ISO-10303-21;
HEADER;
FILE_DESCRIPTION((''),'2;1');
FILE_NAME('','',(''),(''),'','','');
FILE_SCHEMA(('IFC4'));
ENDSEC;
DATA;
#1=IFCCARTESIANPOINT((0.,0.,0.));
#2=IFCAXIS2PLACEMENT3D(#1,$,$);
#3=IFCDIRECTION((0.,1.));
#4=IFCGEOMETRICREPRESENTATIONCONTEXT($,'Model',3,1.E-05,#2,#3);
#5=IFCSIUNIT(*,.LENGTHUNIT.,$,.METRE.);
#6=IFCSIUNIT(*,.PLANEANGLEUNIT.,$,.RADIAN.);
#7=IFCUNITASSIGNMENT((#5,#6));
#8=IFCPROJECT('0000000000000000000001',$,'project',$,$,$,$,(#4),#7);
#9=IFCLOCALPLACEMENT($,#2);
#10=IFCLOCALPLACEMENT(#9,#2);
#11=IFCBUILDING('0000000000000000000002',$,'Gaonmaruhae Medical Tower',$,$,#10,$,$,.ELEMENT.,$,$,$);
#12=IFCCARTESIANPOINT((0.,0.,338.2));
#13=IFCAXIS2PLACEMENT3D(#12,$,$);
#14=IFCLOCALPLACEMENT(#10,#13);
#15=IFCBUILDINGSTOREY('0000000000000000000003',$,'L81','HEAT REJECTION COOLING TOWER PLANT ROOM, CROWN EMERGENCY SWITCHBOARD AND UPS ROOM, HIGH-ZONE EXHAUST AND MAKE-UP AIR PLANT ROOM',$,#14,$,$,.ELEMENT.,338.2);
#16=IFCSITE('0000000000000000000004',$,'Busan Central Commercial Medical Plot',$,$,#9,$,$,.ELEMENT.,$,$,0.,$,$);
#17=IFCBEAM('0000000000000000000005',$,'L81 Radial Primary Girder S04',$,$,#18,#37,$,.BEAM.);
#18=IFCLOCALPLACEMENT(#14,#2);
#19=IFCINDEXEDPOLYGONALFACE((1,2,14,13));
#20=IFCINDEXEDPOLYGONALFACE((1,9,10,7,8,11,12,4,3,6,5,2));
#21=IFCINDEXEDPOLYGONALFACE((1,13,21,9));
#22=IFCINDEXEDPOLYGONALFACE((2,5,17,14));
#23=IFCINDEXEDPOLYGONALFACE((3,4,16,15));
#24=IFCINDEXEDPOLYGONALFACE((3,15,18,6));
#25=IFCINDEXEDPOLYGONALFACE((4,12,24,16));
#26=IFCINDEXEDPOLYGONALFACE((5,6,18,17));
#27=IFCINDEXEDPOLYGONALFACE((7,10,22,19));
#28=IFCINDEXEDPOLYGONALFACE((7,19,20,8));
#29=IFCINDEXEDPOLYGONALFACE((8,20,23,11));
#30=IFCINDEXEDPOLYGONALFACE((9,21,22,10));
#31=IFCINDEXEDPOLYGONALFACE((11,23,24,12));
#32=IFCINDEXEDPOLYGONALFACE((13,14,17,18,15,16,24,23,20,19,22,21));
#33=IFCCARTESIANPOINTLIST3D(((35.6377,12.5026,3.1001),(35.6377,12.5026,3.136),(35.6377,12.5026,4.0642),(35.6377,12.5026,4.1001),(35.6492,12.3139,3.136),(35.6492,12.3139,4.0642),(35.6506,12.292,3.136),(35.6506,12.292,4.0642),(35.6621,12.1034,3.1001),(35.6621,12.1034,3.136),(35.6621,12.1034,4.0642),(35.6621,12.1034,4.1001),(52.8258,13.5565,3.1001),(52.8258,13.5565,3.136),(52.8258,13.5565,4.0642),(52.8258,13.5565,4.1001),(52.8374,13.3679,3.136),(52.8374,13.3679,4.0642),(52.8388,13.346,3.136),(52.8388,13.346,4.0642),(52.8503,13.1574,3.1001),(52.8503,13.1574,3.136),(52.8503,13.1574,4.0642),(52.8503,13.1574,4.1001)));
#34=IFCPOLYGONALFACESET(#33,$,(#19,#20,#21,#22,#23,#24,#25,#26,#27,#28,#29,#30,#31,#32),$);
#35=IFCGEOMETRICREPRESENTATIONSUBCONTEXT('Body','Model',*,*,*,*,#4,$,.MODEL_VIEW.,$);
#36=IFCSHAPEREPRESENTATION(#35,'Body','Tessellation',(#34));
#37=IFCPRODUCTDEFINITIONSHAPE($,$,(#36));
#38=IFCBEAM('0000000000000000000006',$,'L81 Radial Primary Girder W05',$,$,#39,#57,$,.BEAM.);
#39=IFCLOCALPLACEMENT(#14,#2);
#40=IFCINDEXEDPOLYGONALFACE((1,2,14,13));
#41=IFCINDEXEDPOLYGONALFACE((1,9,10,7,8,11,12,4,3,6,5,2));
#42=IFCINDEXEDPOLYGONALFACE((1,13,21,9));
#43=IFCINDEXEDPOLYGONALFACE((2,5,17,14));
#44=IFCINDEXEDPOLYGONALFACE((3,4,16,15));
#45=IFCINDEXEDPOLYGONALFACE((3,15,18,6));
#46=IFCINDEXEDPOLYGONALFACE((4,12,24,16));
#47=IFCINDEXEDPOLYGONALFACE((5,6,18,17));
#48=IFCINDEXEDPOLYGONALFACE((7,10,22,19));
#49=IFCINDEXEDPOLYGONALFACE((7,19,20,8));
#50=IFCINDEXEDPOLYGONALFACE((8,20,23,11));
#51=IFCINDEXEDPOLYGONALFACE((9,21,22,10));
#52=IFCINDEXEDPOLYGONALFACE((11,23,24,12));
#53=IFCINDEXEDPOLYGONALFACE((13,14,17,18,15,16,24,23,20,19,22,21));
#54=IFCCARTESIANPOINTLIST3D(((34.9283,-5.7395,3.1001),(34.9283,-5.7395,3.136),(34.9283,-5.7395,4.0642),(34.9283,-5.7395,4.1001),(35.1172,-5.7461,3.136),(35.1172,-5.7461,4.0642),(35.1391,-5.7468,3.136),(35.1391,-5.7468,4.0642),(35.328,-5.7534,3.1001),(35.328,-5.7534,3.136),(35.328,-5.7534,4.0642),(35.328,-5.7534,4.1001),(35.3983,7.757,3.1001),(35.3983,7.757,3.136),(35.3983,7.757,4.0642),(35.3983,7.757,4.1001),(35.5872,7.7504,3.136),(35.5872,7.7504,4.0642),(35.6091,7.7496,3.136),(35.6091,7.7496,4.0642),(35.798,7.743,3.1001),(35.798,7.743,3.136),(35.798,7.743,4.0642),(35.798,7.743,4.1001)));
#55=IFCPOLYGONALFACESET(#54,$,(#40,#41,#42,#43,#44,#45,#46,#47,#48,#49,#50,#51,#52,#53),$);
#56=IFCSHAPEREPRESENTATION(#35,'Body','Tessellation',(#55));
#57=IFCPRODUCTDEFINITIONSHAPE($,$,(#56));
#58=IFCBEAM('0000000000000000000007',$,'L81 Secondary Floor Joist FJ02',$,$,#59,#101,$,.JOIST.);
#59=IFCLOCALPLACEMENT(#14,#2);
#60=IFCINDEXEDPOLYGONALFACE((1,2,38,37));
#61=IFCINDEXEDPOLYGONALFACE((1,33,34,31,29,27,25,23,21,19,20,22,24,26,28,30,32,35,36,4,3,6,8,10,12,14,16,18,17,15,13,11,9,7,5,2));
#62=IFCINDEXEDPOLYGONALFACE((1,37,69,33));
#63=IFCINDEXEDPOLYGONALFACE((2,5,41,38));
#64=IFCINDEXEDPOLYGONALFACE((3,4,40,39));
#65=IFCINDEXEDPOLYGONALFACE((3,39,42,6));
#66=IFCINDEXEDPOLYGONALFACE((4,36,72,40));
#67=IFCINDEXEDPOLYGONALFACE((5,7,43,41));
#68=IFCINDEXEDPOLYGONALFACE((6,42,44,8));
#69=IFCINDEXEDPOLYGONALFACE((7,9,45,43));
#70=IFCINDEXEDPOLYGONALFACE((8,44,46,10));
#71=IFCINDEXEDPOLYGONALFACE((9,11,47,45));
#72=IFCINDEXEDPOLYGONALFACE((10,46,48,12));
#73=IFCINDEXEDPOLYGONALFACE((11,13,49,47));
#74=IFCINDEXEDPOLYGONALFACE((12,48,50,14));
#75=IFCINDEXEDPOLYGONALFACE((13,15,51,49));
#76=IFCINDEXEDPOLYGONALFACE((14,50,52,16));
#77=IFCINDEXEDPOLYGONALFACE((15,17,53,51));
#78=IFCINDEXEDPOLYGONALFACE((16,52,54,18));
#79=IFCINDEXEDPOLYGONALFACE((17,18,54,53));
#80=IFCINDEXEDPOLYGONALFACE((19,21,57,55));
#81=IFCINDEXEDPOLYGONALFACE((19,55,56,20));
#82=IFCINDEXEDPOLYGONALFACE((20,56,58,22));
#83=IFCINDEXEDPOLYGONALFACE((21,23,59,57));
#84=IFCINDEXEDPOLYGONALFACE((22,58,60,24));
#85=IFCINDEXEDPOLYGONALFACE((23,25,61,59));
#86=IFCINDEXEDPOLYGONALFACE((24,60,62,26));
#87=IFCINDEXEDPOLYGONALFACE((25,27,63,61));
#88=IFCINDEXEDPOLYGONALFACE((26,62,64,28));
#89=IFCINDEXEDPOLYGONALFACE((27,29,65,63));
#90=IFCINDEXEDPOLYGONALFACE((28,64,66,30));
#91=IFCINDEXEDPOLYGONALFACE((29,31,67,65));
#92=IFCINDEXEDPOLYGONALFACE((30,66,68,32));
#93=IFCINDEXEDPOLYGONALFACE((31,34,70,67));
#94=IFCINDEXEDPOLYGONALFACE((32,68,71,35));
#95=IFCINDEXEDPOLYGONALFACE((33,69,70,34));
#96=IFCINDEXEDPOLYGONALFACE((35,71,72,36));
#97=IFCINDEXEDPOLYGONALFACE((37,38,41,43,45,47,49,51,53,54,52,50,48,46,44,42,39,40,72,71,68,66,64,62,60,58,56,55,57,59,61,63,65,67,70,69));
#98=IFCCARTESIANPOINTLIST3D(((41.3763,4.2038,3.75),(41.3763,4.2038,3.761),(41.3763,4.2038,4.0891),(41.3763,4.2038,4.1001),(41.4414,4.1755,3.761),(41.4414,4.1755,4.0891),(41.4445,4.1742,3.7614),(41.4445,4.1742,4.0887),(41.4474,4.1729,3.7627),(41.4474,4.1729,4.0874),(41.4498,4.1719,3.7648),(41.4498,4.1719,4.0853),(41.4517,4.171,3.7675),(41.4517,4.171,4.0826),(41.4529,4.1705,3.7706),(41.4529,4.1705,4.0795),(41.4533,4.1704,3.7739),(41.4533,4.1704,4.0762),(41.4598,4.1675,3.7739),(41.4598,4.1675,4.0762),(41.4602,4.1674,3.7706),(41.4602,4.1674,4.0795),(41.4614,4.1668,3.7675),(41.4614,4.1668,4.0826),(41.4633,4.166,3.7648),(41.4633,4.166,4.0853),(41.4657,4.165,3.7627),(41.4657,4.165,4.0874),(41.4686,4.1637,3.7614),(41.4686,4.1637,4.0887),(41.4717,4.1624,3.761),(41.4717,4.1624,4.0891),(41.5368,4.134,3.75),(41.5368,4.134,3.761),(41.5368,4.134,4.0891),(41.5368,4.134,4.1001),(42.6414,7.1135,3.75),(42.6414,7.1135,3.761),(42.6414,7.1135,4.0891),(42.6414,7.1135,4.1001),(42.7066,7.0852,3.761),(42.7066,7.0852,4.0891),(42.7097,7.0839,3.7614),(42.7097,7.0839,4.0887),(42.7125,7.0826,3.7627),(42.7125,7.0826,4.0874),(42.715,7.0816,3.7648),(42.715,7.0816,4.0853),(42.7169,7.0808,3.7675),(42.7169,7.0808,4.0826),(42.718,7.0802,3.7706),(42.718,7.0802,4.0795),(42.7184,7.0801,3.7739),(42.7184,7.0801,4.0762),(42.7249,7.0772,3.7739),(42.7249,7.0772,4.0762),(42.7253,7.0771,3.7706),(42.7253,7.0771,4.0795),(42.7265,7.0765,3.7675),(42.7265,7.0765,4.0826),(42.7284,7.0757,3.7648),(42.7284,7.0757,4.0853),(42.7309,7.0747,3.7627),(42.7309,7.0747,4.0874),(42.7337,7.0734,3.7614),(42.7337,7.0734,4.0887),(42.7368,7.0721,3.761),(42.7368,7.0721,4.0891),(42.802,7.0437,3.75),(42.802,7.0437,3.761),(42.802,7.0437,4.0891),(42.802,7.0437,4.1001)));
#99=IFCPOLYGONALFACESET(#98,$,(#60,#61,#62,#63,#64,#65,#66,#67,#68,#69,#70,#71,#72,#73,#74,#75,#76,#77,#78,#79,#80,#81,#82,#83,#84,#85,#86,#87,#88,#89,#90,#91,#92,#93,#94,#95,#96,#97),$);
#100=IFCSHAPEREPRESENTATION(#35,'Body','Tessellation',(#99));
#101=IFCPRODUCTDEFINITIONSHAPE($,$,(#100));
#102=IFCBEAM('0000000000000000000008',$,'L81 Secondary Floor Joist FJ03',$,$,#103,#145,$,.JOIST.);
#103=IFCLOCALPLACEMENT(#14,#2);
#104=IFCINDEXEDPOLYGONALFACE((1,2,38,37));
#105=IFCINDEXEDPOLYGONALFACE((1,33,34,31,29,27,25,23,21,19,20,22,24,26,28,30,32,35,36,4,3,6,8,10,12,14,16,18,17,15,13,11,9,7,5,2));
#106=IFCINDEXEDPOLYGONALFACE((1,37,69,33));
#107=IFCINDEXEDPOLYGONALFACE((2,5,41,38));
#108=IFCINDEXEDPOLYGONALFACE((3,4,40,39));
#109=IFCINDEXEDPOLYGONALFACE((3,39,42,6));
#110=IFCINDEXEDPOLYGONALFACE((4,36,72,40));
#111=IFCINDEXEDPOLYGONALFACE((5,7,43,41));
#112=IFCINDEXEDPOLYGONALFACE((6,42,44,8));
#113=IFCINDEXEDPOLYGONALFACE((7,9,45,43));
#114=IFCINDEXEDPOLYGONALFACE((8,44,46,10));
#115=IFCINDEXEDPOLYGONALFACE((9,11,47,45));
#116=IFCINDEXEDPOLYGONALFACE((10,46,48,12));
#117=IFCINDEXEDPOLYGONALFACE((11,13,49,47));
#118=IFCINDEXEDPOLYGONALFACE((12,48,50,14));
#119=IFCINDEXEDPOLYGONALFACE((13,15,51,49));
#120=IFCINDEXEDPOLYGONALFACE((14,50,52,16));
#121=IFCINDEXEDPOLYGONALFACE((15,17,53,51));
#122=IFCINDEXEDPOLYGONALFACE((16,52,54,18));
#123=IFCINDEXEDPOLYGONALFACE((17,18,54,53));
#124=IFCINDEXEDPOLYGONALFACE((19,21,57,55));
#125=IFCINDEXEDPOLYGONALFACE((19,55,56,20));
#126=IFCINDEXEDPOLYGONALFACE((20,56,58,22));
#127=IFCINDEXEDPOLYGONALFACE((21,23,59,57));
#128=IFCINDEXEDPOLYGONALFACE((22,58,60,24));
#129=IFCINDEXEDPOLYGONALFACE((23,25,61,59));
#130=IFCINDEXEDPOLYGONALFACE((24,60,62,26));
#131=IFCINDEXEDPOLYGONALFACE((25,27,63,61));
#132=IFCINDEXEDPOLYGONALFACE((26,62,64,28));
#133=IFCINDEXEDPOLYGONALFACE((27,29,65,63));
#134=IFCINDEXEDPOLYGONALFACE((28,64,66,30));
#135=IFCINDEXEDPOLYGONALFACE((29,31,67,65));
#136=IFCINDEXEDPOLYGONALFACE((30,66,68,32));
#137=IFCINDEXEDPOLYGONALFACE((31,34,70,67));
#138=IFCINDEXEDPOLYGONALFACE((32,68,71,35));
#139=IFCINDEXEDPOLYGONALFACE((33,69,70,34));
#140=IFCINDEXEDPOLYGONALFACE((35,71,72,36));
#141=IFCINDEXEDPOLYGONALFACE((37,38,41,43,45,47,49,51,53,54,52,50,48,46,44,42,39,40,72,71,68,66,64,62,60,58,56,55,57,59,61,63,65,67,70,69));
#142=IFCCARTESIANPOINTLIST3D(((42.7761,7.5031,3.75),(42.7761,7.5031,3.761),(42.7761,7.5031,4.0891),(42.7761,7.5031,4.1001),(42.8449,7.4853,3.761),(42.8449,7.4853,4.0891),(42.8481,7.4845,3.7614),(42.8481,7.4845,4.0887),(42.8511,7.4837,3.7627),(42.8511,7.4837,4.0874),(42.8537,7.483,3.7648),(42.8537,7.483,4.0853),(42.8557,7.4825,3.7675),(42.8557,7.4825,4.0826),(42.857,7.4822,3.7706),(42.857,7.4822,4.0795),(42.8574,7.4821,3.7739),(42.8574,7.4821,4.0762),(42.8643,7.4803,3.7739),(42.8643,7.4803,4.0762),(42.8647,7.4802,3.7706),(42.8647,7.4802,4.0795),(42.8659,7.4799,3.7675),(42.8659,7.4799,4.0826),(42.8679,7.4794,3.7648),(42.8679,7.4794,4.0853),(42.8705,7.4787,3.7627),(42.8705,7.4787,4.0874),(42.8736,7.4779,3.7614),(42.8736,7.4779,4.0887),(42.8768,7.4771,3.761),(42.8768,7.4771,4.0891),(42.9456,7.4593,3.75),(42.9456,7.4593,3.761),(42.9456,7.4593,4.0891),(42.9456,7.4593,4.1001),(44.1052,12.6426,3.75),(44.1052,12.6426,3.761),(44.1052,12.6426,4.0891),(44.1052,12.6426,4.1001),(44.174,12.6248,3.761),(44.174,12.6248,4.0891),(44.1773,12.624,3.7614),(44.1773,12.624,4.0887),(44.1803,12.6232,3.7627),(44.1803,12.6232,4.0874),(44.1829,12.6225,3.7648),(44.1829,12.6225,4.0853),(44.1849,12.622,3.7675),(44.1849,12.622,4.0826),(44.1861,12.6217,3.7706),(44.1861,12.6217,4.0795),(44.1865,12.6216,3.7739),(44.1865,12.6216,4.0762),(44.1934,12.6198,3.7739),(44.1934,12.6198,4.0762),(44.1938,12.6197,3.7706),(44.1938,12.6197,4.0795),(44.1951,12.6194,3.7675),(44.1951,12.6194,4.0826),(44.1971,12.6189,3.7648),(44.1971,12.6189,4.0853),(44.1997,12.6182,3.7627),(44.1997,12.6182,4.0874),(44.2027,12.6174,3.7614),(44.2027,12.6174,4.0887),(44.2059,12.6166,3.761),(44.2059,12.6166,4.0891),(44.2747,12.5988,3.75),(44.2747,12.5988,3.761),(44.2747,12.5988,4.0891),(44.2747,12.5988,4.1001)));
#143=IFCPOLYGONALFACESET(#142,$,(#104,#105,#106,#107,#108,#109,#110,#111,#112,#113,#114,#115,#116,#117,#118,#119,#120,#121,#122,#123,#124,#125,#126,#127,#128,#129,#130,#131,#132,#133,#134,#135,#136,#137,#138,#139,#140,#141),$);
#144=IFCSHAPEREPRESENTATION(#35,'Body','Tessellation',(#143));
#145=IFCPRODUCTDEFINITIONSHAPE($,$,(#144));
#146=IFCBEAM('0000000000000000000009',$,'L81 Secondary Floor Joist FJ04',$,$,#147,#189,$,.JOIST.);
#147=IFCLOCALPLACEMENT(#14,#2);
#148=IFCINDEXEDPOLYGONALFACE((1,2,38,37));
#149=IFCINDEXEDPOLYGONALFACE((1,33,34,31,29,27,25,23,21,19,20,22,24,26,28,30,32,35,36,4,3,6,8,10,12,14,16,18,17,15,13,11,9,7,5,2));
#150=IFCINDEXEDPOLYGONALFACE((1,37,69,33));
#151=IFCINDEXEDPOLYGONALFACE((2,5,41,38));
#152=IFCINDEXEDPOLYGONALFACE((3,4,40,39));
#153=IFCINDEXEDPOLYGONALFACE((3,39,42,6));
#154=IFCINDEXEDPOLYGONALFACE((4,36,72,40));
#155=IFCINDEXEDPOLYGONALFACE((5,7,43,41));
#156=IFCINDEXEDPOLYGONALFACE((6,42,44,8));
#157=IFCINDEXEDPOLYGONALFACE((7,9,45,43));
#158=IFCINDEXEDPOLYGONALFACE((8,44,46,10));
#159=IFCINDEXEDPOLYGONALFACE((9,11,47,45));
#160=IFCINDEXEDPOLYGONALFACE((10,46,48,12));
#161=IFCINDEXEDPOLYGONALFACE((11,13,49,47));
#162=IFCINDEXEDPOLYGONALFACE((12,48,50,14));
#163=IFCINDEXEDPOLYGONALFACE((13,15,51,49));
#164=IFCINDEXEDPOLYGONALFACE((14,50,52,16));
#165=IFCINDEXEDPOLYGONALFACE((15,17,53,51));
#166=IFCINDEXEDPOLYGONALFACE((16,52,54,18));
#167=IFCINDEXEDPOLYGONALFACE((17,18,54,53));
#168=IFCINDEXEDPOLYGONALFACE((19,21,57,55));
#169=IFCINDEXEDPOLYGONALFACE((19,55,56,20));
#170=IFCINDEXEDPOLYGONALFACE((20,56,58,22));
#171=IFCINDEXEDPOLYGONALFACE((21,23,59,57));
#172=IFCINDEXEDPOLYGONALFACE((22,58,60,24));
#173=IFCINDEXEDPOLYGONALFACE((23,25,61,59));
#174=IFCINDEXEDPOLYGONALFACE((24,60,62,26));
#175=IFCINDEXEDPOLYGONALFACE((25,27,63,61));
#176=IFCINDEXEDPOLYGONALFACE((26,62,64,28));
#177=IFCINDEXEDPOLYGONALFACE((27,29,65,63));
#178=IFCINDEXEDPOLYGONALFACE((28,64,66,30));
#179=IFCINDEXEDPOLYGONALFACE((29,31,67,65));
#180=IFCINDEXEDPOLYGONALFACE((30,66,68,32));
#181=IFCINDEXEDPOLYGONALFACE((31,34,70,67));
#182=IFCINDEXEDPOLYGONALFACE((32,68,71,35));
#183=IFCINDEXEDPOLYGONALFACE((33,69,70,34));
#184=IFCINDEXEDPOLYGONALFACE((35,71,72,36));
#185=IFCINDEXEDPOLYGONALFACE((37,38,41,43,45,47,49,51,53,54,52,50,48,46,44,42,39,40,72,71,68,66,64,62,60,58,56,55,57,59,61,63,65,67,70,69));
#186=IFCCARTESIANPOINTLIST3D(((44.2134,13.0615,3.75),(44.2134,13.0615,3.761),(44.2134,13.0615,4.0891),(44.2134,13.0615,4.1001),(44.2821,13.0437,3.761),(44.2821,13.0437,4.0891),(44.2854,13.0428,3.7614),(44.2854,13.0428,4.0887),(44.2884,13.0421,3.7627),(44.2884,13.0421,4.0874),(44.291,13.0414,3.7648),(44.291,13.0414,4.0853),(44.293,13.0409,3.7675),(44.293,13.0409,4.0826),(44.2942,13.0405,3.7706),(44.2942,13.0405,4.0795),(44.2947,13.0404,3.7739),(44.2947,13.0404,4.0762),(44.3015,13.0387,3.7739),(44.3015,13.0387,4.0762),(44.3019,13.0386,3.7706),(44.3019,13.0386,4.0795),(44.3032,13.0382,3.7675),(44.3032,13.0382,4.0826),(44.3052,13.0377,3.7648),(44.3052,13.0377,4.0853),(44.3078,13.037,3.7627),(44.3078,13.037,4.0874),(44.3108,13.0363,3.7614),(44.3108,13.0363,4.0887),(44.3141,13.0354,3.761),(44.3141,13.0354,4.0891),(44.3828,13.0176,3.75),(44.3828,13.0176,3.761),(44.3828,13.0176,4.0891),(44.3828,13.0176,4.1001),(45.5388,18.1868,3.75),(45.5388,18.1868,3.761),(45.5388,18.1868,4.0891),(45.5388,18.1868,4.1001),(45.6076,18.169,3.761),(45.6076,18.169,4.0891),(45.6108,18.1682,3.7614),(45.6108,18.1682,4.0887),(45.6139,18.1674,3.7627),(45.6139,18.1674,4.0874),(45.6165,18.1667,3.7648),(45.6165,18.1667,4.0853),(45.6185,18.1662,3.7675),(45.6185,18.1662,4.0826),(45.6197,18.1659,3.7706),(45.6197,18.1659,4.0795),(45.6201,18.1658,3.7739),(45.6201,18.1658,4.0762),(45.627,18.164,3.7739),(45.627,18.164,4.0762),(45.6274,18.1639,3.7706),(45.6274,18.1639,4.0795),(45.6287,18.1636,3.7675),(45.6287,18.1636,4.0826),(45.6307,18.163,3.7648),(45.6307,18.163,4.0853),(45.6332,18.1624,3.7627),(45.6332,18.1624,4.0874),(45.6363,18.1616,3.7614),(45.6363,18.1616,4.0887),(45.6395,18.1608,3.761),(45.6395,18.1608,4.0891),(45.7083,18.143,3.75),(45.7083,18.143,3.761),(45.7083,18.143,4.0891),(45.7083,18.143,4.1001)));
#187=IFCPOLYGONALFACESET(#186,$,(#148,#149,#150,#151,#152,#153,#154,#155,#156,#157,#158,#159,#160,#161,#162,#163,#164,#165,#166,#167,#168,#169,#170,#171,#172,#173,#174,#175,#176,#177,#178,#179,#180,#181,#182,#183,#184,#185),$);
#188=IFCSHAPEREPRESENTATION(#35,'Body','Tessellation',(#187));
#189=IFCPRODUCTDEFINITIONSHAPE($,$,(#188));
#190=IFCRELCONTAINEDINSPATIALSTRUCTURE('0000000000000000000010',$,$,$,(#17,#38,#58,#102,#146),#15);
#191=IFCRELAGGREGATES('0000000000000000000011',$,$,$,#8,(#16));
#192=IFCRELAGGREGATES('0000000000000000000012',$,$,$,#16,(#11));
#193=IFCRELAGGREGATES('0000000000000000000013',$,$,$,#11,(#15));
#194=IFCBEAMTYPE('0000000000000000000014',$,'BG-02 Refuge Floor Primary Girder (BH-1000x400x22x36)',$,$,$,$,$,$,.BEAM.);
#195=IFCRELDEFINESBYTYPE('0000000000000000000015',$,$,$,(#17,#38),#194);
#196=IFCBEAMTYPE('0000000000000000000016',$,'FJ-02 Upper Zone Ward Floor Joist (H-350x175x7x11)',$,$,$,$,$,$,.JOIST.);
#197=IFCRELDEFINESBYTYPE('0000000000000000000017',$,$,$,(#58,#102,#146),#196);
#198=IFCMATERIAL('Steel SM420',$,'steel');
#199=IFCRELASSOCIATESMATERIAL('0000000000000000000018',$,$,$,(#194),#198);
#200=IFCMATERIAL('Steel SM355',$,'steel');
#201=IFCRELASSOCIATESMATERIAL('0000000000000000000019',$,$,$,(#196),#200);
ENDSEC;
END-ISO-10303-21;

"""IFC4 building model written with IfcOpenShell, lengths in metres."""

from ifc_helpers import new_model, si_unit, direction, frame, origin, origin_2d, place, context, subcontext, project, spatial, i_section, extrude, material, material_profile, profile_set, type_object, element, save


model = new_model("IFC4")

# Units and contexts
model_context = context("Model", 3, precision=1e-05, world=origin(), true_north=direction((0.0, 1.0)))
body_context = subcontext(model_context, "Body", "Model", "MODEL_VIEW")
ifc_project = project(units=[si_unit("LENGTHUNIT", "METRE"), si_unit("PLANEANGLEUNIT", "RADIAN")], contexts=[model_context])

# Site, building, storey
site_placement = place(None, origin())
site = spatial("IfcSite", under=ifc_project, at=site_placement, Name="Busan Central Commercial Medical Plot", CompositionType="ELEMENT", RefElevation=0.0)
building_placement = place(site_placement, origin())
building = spatial("IfcBuilding", under=site, at=building_placement, Name="Gaonmaruhae Medical Tower", CompositionType="ELEMENT")
storey_placement = place(building_placement, frame((0.0, 0.0, 338.2)))
storey = spatial("IfcBuildingStorey", under=building, at=storey_placement, Name="L81", Description="HEAT REJECTION COOLING TOWER PLANT ROOM, CROWN EMERGENCY SWITCHBOARD AND UPS ROOM, HIGH-ZONE EXHAUST AND MAKE-UP AIR PLANT ROOM", CompositionType="ELEMENT", Elevation=338.2)

# Shared definitions
ifc_material_1 = material(Name="Steel SM420", Category="steel")

# Beams
ifc_material_profile_1 = material_profile(ifc_material_1, i_section(OverallWidth=0.3999, OverallDepth=1.0, WebThickness=0.022, FlangeThickness=0.0359, at=origin_2d()), Name="BH-1000x400x22x36")
ifc_profile_set_1 = profile_set([ifc_material_profile_1], Name="Steel SM420")
beam_type_1 = type_object("IfcBeamType", Name="BG-02 Refuge Floor Primary Girder (BH-1000x400x22x36)", PredefinedType="BEAM", material=ifc_profile_set_1)
beam_1_placement = place(storey_placement, frame((35.6499, 12.303, 3.6001), z_axis=(0.998125, 0.061203, 0.0), x_axis=(-0.061203, 0.998125, 0.0)))
element("IfcBeam", 1, at=beam_1_placement, inside=storey, type_object=beam_type_1, Name="L81 Radial Primary Girder S04", PredefinedType="BEAM", context=body_context, shape_type="SweptSolid", body=[
    extrude(i_section(OverallWidth=0.3999, OverallDepth=1.0, WebThickness=0.022, FlangeThickness=0.0359, at=origin_2d()), origin(), (0.0, 0.0, 1.0), 17.2205),
])
beam_2_placement = place(storey_placement, frame((35.5981, 7.75, 3.6001), z_axis=(-0.034801, -0.999394, 0.0), x_axis=(0.999394, -0.034801, 0.0)))
element("IfcBeam", 2, at=beam_2_placement, inside=storey, type_object=beam_type_1, Name="L81 Radial Primary Girder W05", PredefinedType="BEAM", context=body_context, shape_type="SweptSolid", body=[
    extrude(i_section(OverallWidth=0.3999, OverallDepth=1.0, WebThickness=0.022, FlangeThickness=0.0359, at=origin_2d()), origin(), (0.0, 0.0, 1.0), 13.5046),
])
ifc_material_2 = material(Name="Steel SM355", Category="steel")
ifc_material_profile_2 = material_profile(ifc_material_2, i_section(OverallWidth=0.175, OverallDepth=0.3501, WebThickness=0.0071, FlangeThickness=0.011, FilletRadius=0.0129, at=origin_2d()), Name="H-350x175x7x11")
ifc_profile_set_2 = profile_set([ifc_material_profile_2], Name="Steel SM355")
beam_type_2 = type_object("IfcBeamType", Name="FJ-02 Upper Zone Ward Floor Joist (H-350x175x7x11)", PredefinedType="JOIST", material=ifc_profile_set_2)
beam_3_placement = place(storey_placement, frame((41.4565, 4.1689, 3.925), z_axis=(0.398743, 0.917063, 0.0), x_axis=(-0.917063, 0.398743, 0.0)))
element("IfcBeam", 3, at=beam_3_placement, inside=storey, type_object=beam_type_2, Name="L81 Secondary Floor Joist FJ02", PredefinedType="JOIST", context=body_context, shape_type="SweptSolid", body=[
    extrude(i_section(OverallWidth=0.175, OverallDepth=0.3501, WebThickness=0.0071, FlangeThickness=0.011, FilletRadius=0.0129, at=origin_2d()), origin(), (0.0, 0.0, 1.0), 3.1729),
])
beam_4_placement = place(storey_placement, frame((42.8608, 7.4812, 3.925), z_axis=(0.250373, 0.968149, 0.0), x_axis=(-0.968149, 0.250373, 0.0)))
element("IfcBeam", 4, at=beam_4_placement, inside=storey, type_object=beam_type_2, Name="L81 Secondary Floor Joist FJ03", PredefinedType="JOIST", context=body_context, shape_type="SweptSolid", body=[
    extrude(i_section(OverallWidth=0.175, OverallDepth=0.3501, WebThickness=0.0071, FlangeThickness=0.011, FilletRadius=0.0129, at=origin_2d()), origin(), (0.0, 0.0, 1.0), 5.3086),
])
beam_5_placement = place(storey_placement, frame((44.2981, 13.0396, 3.925), z_axis=(0.250373, 0.968149, 0.0), x_axis=(-0.968149, 0.250373, 0.0)))
element("IfcBeam", 5, at=beam_5_placement, inside=storey, type_object=beam_type_2, Name="L81 Secondary Floor Joist FJ04", PredefinedType="JOIST", context=body_context, shape_type="SweptSolid", body=[
    extrude(i_section(OverallWidth=0.175, OverallDepth=0.3501, WebThickness=0.0071, FlangeThickness=0.011, FilletRadius=0.0129, at=origin_2d()), origin(), (0.0, 0.0, 1.0), 5.2939),
])

save(model, "model.ifc")
